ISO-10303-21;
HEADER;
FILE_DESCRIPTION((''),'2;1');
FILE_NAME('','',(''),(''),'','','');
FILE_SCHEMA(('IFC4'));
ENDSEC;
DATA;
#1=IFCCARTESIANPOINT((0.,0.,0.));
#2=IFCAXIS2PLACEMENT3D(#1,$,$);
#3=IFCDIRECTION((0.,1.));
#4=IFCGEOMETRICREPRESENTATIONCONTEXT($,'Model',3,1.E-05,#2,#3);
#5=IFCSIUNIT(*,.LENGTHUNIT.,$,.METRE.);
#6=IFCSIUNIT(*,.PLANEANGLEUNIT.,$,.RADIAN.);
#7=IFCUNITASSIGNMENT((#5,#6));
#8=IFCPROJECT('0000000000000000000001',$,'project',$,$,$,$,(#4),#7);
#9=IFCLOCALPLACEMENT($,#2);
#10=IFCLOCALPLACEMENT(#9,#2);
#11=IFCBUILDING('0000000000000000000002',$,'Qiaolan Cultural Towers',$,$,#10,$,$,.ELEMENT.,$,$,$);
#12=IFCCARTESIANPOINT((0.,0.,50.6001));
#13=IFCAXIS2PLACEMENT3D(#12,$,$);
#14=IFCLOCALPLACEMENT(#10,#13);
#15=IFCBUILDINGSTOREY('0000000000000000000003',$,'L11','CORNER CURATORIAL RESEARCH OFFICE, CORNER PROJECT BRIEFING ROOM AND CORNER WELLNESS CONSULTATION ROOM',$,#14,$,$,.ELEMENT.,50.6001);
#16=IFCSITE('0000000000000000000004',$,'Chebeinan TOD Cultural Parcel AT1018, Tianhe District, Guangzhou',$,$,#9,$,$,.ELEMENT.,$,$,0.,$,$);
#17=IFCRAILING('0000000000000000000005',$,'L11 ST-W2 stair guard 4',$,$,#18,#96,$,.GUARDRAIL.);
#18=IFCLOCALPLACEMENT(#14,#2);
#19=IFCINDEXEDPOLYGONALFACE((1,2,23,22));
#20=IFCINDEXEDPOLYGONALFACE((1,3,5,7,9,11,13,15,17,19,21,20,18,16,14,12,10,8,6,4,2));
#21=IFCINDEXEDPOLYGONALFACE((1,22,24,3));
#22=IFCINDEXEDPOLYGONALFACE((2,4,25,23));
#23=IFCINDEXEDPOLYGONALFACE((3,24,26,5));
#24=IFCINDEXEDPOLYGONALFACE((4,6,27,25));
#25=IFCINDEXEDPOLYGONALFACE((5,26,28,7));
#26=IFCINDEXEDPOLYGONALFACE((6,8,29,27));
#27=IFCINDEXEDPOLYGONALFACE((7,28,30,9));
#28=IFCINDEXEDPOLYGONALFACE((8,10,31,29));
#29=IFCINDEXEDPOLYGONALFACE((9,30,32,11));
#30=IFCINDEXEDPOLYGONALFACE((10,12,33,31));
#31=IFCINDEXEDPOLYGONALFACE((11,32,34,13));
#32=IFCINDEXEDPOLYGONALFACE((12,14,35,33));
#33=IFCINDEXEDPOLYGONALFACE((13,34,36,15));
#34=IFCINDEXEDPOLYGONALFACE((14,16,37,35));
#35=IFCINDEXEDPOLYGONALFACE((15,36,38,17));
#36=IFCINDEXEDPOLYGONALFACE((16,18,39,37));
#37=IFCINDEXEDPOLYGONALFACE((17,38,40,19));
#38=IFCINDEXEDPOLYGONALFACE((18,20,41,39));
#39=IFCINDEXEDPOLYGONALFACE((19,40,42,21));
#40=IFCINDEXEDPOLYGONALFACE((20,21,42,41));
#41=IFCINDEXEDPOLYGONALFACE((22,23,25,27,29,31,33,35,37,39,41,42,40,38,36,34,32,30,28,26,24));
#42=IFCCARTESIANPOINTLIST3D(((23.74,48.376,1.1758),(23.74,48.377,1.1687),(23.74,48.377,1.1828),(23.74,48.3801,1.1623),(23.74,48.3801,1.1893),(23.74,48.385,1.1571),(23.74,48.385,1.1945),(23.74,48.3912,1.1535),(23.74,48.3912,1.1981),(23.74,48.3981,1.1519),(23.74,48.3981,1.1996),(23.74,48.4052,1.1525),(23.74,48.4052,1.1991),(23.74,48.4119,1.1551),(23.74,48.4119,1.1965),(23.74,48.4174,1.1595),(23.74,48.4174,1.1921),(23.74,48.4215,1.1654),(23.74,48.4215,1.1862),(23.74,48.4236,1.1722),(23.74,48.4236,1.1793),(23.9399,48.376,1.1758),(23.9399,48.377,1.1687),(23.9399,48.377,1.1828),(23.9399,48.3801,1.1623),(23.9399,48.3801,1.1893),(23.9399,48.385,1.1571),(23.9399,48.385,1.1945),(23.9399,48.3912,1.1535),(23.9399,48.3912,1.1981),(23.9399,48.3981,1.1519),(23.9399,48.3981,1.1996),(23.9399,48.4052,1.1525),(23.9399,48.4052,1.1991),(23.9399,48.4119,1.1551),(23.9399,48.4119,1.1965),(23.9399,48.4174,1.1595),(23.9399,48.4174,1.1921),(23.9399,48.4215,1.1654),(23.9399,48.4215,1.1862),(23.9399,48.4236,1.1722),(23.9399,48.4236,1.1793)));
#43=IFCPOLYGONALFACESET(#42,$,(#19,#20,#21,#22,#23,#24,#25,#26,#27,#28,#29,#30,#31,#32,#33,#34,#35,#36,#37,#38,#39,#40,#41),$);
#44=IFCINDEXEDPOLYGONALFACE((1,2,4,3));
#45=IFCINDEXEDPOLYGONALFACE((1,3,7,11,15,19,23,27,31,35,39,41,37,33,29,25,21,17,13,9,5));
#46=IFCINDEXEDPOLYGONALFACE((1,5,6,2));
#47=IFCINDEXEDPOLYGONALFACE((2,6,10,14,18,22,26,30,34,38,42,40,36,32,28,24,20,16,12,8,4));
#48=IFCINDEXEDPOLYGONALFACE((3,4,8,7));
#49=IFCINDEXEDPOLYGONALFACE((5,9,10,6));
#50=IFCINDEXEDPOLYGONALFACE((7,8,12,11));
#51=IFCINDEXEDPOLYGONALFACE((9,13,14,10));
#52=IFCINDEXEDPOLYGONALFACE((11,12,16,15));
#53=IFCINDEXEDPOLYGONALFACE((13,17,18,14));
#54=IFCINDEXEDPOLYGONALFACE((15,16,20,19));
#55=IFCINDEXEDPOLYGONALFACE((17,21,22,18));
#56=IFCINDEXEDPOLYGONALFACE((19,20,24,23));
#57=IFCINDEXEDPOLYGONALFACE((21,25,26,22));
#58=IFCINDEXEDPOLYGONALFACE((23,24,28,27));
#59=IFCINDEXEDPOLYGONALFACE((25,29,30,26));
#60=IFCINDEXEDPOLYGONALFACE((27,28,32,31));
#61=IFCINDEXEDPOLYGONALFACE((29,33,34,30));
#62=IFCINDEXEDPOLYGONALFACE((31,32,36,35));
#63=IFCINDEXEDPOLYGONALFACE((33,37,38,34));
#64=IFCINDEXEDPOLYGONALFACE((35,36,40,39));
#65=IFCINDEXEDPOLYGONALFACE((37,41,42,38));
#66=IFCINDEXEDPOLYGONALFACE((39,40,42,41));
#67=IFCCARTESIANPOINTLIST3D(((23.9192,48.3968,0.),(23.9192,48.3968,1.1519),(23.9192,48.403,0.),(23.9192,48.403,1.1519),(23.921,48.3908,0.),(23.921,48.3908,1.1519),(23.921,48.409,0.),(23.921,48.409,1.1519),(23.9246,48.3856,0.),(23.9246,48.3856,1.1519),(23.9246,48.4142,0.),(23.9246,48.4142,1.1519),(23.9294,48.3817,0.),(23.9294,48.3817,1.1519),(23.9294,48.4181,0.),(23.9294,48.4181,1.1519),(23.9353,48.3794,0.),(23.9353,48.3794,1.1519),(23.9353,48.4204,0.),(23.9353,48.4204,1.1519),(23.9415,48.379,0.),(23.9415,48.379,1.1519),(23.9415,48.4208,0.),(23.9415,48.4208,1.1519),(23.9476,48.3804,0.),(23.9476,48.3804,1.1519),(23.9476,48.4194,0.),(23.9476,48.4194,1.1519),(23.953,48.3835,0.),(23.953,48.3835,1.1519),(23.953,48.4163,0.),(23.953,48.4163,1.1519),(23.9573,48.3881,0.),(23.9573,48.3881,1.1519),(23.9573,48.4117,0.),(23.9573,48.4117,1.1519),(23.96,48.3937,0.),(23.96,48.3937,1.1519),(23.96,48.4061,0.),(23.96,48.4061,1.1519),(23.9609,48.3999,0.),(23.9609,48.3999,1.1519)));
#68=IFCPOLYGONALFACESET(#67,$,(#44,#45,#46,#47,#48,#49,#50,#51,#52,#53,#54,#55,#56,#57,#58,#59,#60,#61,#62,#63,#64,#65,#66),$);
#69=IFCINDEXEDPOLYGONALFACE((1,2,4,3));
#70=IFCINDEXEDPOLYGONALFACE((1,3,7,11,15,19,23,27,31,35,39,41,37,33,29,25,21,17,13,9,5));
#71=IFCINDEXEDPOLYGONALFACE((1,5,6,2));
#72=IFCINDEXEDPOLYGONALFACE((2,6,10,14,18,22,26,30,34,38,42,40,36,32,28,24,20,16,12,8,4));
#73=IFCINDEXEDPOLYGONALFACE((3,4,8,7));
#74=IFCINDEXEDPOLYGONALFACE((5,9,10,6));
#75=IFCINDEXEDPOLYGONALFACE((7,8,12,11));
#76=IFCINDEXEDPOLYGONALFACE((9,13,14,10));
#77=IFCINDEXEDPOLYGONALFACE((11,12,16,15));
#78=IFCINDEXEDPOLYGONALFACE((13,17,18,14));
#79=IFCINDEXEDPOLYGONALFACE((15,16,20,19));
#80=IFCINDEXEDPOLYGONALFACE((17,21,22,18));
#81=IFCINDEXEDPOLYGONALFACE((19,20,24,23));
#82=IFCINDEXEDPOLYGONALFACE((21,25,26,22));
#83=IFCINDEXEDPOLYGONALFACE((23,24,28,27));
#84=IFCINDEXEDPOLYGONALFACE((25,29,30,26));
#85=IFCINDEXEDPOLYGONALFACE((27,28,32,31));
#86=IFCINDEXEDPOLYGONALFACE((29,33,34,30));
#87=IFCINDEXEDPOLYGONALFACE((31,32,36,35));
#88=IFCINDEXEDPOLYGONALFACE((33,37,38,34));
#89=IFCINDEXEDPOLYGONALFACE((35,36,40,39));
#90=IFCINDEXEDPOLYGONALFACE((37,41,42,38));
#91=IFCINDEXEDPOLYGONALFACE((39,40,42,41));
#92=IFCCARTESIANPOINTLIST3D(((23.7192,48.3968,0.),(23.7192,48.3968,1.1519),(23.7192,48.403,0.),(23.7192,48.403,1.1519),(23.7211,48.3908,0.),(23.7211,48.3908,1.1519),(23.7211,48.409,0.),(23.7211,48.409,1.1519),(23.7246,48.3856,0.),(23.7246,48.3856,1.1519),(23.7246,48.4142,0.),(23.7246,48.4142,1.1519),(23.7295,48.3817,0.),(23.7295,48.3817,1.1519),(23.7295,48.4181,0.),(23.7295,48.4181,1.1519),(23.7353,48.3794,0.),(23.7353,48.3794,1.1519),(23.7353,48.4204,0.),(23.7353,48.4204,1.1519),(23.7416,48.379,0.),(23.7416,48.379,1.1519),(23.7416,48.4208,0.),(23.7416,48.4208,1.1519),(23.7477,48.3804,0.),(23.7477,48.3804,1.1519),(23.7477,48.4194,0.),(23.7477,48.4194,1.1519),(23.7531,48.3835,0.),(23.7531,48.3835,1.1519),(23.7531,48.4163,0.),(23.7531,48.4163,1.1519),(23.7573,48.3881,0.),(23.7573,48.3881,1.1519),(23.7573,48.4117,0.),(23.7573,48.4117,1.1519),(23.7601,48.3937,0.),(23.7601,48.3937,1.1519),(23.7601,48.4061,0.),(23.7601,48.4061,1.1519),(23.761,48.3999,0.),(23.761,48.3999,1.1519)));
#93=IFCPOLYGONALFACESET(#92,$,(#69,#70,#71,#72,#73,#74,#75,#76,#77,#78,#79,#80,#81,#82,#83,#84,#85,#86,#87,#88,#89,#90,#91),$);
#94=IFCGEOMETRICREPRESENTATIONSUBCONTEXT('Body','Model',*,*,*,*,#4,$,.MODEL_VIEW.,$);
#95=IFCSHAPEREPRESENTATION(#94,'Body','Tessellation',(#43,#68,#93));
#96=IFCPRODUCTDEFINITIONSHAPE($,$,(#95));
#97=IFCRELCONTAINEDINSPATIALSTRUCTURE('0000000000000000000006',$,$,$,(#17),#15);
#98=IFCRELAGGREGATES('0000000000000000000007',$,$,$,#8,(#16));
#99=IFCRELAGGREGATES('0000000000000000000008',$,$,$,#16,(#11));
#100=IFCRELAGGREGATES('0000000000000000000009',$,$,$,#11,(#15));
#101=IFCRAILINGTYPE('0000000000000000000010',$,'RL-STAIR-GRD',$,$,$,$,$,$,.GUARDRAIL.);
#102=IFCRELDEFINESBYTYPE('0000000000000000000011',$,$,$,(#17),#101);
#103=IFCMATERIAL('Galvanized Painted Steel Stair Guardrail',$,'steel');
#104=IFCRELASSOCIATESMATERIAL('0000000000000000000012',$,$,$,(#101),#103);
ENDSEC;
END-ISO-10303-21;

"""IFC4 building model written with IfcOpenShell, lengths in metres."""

from ifc_helpers import new_model, si_unit, direction, frame, origin, origin_2d, place, context, subcontext, project, spatial, circle, extrude, material, type_object, element, save


model = new_model("IFC4")

# Units and contexts
model_context = context("Model", 3, precision=1e-05, world=origin(), true_north=direction((0.0, 1.0)))
body_context = subcontext(model_context, "Body", "Model", "MODEL_VIEW")
ifc_project = project(units=[si_unit("LENGTHUNIT", "METRE"), si_unit("PLANEANGLEUNIT", "RADIAN")], contexts=[model_context])

# Site, building, storey
site_placement = place(None, origin())
site = spatial("IfcSite", under=ifc_project, at=site_placement, Name="Chebeinan TOD Cultural Parcel AT1018, Tianhe District, Guangzhou", CompositionType="ELEMENT", RefElevation=0.0)
building_placement = place(site_placement, origin())
building = spatial("IfcBuilding", under=site, at=building_placement, Name="Qiaolan Cultural Towers", CompositionType="ELEMENT")
storey_placement = place(building_placement, frame((0.0, 0.0, 50.6001)))
storey = spatial("IfcBuildingStorey", under=building, at=storey_placement, Name="L11", Description="CORNER CURATORIAL RESEARCH OFFICE, CORNER PROJECT BRIEFING ROOM AND CORNER WELLNESS CONSULTATION ROOM", CompositionType="ELEMENT", Elevation=50.6001)

# Railing
ifc_material_1 = material(Name="Galvanized Painted Steel Stair Guardrail", Category="steel")
railing_type_1 = type_object("IfcRailingType", Name="RL-STAIR-GRD", PredefinedType="GUARDRAIL", material=ifc_material_1)
railing_1_placement = place(storey_placement, frame((23.9399, 48.3999, 0.0)))
element("IfcRailing", 1, at=railing_1_placement, inside=storey, type_object=railing_type_1, Name="L11 ST-W2 stair guard 4", PredefinedType="GUARDRAIL", context=body_context, shape_type="SweptSolid", body=[
    extrude(circle(Radius=0.0239, at=origin_2d()), frame((0.0, 0.0, 1.1758), z_axis=(-1.0, 0.0, 0.0), x_axis=(0.0, -1.0, 0.0)), (0.0, 0.0, 1.0), 0.2),
    extrude(circle(Radius=0.021, at=origin_2d()), origin(), (0.0, 0.0, 1.0), 1.1519),
    extrude(circle(Radius=0.021, at=origin_2d()), frame((-0.2, 0.0, 0.0)), (0.0, 0.0, 1.0), 1.1519),
])

save(model, "model.ifc")
